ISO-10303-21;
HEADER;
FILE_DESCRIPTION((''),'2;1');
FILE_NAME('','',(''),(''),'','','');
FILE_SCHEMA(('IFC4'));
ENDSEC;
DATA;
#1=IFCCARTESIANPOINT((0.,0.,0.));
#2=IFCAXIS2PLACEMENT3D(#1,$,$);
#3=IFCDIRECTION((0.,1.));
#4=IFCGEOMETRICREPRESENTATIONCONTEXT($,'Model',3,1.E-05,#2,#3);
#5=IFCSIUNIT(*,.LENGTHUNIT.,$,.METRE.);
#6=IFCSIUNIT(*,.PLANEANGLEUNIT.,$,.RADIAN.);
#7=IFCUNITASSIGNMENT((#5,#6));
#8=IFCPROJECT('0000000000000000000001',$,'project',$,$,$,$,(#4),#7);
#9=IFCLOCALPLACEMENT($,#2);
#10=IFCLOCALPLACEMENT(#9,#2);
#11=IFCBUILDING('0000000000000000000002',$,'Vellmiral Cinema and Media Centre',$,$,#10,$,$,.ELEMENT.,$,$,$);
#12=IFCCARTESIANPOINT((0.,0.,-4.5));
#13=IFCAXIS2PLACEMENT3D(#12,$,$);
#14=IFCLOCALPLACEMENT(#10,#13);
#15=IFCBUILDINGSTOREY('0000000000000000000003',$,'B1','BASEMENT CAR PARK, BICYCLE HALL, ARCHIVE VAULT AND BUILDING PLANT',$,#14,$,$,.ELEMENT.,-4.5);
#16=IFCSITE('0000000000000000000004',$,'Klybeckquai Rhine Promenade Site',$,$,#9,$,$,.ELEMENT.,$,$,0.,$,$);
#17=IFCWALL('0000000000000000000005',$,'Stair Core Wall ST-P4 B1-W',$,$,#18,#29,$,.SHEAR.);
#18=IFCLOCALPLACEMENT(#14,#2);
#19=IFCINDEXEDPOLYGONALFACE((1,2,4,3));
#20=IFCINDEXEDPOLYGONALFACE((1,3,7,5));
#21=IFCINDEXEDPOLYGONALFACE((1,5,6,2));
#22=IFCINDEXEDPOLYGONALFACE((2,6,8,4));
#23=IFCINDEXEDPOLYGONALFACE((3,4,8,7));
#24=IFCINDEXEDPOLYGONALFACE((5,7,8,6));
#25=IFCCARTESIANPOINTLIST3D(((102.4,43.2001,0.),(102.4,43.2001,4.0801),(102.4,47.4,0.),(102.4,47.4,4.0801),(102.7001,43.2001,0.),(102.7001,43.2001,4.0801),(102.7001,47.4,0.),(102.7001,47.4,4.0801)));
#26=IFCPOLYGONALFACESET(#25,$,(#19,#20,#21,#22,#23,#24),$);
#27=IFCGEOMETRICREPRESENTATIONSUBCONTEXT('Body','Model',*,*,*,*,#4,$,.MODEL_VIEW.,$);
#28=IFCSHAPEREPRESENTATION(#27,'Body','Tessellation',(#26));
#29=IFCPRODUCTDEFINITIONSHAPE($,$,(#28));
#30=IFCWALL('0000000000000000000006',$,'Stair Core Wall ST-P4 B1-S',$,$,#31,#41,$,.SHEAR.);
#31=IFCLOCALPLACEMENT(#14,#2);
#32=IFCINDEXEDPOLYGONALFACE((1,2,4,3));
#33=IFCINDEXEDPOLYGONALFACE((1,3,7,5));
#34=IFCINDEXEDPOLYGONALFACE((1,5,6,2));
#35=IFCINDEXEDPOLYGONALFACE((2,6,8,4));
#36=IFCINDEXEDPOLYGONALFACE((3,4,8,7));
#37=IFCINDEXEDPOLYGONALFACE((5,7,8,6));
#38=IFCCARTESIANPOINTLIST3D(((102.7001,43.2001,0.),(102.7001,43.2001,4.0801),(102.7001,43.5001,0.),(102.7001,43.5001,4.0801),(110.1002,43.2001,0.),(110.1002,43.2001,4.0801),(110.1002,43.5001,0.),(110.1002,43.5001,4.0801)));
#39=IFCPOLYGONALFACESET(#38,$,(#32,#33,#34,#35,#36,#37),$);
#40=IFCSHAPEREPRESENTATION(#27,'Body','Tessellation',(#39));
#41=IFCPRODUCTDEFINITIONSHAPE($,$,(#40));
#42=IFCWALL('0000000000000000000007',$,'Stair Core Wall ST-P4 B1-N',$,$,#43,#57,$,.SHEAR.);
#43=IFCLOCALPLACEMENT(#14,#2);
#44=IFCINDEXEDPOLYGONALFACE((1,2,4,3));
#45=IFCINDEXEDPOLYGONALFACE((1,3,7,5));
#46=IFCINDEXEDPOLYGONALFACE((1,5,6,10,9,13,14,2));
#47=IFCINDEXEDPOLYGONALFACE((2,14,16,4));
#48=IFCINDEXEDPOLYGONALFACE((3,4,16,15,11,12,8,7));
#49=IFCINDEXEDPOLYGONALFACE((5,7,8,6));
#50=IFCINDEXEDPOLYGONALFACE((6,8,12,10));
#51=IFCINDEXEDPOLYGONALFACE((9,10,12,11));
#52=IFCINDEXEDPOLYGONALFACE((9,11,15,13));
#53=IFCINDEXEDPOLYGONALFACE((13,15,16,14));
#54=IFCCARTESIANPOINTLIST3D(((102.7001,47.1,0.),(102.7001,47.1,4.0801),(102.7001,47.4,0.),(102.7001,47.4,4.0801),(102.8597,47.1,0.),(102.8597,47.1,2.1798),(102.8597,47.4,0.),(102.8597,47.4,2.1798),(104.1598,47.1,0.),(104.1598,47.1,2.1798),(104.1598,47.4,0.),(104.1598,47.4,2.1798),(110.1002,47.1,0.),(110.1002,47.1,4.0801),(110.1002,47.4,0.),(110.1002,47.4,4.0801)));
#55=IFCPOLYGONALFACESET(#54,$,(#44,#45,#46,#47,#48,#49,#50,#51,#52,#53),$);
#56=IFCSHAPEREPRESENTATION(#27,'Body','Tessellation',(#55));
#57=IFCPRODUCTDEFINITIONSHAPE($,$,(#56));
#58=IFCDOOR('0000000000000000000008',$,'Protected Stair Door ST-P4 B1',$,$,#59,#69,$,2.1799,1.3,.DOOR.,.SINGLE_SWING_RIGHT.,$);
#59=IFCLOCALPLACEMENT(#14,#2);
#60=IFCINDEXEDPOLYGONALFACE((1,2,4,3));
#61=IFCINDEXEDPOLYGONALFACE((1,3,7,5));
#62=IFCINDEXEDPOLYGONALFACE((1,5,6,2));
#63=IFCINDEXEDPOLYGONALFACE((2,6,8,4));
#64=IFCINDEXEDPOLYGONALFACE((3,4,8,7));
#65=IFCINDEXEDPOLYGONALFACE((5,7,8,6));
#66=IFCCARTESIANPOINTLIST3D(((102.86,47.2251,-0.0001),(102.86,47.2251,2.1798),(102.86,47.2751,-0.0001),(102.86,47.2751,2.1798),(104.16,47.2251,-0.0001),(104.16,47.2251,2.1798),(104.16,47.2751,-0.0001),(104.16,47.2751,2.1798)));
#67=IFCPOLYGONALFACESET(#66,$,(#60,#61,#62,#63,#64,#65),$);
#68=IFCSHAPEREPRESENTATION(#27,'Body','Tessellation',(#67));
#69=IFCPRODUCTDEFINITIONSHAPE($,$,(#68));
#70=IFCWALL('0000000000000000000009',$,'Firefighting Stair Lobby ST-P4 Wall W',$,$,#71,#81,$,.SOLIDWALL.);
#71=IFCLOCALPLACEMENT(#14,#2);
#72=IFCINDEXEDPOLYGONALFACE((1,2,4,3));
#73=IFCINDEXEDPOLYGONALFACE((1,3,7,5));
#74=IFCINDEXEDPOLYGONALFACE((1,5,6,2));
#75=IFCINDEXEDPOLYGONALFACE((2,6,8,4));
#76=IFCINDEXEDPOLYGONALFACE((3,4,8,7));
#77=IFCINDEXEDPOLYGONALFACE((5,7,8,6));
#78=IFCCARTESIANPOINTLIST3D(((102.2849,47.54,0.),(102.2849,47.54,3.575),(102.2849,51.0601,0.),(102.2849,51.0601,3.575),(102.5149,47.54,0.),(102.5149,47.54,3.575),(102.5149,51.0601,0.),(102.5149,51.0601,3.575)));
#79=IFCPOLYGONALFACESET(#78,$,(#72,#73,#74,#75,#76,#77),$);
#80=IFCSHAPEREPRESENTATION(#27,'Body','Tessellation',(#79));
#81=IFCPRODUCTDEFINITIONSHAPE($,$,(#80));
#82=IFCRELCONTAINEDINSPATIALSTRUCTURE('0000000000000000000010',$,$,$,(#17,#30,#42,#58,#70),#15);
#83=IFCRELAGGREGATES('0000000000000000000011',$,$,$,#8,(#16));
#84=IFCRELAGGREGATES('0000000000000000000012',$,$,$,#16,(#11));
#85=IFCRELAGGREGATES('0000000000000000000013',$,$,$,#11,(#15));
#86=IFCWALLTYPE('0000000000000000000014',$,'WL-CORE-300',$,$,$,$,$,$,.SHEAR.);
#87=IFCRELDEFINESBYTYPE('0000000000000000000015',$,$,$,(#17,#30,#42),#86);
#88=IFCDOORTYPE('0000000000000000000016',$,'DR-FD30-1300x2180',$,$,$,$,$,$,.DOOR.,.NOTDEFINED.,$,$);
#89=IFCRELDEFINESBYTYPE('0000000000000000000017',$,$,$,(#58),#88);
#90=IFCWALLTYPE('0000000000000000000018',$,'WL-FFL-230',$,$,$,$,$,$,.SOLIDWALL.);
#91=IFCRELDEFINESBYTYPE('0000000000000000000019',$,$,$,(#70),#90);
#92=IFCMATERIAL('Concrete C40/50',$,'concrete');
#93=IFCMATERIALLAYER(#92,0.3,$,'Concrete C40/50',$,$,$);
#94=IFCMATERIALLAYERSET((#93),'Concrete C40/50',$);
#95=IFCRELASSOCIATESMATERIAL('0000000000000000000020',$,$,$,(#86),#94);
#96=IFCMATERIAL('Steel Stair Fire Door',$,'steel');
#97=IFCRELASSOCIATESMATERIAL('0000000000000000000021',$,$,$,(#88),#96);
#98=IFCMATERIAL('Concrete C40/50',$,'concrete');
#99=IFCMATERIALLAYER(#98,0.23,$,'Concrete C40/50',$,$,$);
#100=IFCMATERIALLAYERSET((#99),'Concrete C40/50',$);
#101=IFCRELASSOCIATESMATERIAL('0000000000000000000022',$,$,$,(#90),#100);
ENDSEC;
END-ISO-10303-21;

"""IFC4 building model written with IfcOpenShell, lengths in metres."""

from ifc_helpers import new_model, si_unit, direction, frame, frame_2d, origin, place, context, subcontext, project, spatial, rectangle, extrude, material, layer, layer_set, type_object, element, fill, save


model = new_model("IFC4")

# Units and contexts
model_context = context("Model", 3, precision=1e-05, world=origin(), true_north=direction((0.0, 1.0)))
body_context = subcontext(model_context, "Body", "Model", "MODEL_VIEW")
ifc_project = project(units=[si_unit("LENGTHUNIT", "METRE"), si_unit("PLANEANGLEUNIT", "RADIAN")], contexts=[model_context])

# Site, building, storey
site_placement = place(None, origin())
site = spatial("IfcSite", under=ifc_project, at=site_placement, Name="Klybeckquai Rhine Promenade Site", CompositionType="ELEMENT", RefElevation=0.0)
building_placement = place(site_placement, origin())
building = spatial("IfcBuilding", under=site, at=building_placement, Name="Vellmiral Cinema and Media Centre", CompositionType="ELEMENT")
storey_placement = place(building_placement, frame((0.0, 0.0, -4.5)))
storey = spatial("IfcBuildingStorey", under=building, at=storey_placement, Name="B1", Description="BASEMENT CAR PARK, BICYCLE HALL, ARCHIVE VAULT AND BUILDING PLANT", CompositionType="ELEMENT", Elevation=-4.5)

# Walls
ifc_material_1 = material(Name="Concrete C40/50", Category="concrete")
ifc_layer_1 = layer(ifc_material_1, 0.3, Name="Concrete C40/50")
ifc_layer_set_1 = layer_set([ifc_layer_1], Name="Concrete C40/50")
wall_type_1 = type_object("IfcWallType", Name="WL-CORE-300", PredefinedType="SHEAR", material=ifc_layer_set_1)
wall_1_placement = place(storey_placement, frame((102.55, 43.2, 0.0), z_axis=(0.0, 0.0, 1.0), x_axis=(0.0, 1.0, 0.0)))
element("IfcWall", 1, at=wall_1_placement, inside=storey, type_object=wall_type_1, Name="Stair Core Wall ST-P4 B1-W", PredefinedType="SHEAR", context=body_context, shape_type="SweptSolid", body=[
    extrude(rectangle(XDim=4.2, YDim=0.3, at=frame_2d((2.1001, 0.0))), origin(), (0.0, 0.0, 1.0), 4.0801),
])
wall_2_placement = place(storey_placement, frame((102.7, 43.3501, 0.0), z_axis=(0.0, 0.0, 1.0), x_axis=(1.0, 0.0, 0.0)))
element("IfcWall", 2, at=wall_2_placement, inside=storey, type_object=wall_type_1, Name="Stair Core Wall ST-P4 B1-S", PredefinedType="SHEAR", context=body_context, shape_type="SweptSolid", body=[
    extrude(rectangle(XDim=7.4001, YDim=0.3, at=frame_2d((3.7002, 0.0))), origin(), (0.0, 0.0, 1.0), 4.0801),
])

# Wall, opening, door
wall_3_placement = place(storey_placement, frame((102.7, 47.25, 0.0), z_axis=(0.0, 0.0, 1.0), x_axis=(1.0, 0.0, 0.0)))
wall_3 = element("IfcWall", 3, at=wall_3_placement, inside=storey, type_object=wall_type_1, Name="Stair Core Wall ST-P4 B1-N", PredefinedType="SHEAR", context=body_context, shape_type="SweptSolid", body=[
    extrude(rectangle(XDim=7.4001, YDim=0.3, at=frame_2d((3.7002, 0.0))), origin(), (0.0, 0.0, 1.0), 4.0801),
])
opening_1_placement = place(wall_3_placement, frame((0.1599, 0.0, 0.0)))
opening_1 = element("IfcOpeningElement", 4, at=opening_1_placement, cuts=wall_3, PredefinedType="OPENING", context=body_context, shape_type="SweptSolid", body=[
    extrude(rectangle(XDim=1.3, YDim=2.1799, at=frame_2d((0.6499, 1.0898))), frame((0.0, 0.1621, 0.0), z_axis=(0.0, -1.0, 0.0), x_axis=(1.0, 0.0, 0.0)), (0.0, 0.0, 1.0), 0.324),
])
ifc_material_2 = material(Name="Steel Stair Fire Door", Category="steel")
door_type_1 = type_object("IfcDoorType", Name="DR-FD30-1300x2180", OperationType="NOTDEFINED", PredefinedType="DOOR", material=ifc_material_2)
door_1_placement = place(opening_1_placement, frame((1.3, 0.0, 0.0), z_axis=(0.0, 0.0, 1.0), x_axis=(-1.0, 0.0, 0.0)))
door_1 = element("IfcDoor", 5, at=door_1_placement, inside=storey, type_object=door_type_1, Name="Protected Stair Door ST-P4 B1", OperationType="SINGLE_SWING_RIGHT", OverallHeight=2.1799, OverallWidth=1.3, PredefinedType="DOOR", context=body_context, shape_type="SweptSolid", body=[
    extrude(rectangle(XDim=1.3, YDim=2.1799, at=frame_2d((0.6499, 1.0898))), frame((0.0, 0.0249, 0.0), z_axis=(0.0, -1.0, 0.0), x_axis=(1.0, 0.0, 0.0)), (0.0, 0.0, 1.0), 0.05),
])
fill(opening_1, door_1)

# Wall
ifc_material_3 = material(Name="Concrete C40/50", Category="concrete")
ifc_layer_2 = layer(ifc_material_3, 0.23, Name="Concrete C40/50")
ifc_layer_set_2 = layer_set([ifc_layer_2], Name="Concrete C40/50")
wall_type_2 = type_object("IfcWallType", Name="WL-FFL-230", PredefinedType="SOLIDWALL", material=ifc_layer_set_2)
wall_4_placement = place(storey_placement, frame((102.3999, 47.54, 0.0), z_axis=(0.0, 0.0, 1.0), x_axis=(0.0, 1.0, 0.0)))
element("IfcWall", 6, at=wall_4_placement, inside=storey, type_object=wall_type_2, Name="Firefighting Stair Lobby ST-P4 Wall W", PredefinedType="SOLIDWALL", context=body_context, shape_type="SweptSolid", body=[
    extrude(rectangle(XDim=3.52, YDim=0.23, at=frame_2d((1.76, 0.0))), origin(), (0.0, 0.0, 1.0), 3.575),
])

save(model, "model.ifc")
